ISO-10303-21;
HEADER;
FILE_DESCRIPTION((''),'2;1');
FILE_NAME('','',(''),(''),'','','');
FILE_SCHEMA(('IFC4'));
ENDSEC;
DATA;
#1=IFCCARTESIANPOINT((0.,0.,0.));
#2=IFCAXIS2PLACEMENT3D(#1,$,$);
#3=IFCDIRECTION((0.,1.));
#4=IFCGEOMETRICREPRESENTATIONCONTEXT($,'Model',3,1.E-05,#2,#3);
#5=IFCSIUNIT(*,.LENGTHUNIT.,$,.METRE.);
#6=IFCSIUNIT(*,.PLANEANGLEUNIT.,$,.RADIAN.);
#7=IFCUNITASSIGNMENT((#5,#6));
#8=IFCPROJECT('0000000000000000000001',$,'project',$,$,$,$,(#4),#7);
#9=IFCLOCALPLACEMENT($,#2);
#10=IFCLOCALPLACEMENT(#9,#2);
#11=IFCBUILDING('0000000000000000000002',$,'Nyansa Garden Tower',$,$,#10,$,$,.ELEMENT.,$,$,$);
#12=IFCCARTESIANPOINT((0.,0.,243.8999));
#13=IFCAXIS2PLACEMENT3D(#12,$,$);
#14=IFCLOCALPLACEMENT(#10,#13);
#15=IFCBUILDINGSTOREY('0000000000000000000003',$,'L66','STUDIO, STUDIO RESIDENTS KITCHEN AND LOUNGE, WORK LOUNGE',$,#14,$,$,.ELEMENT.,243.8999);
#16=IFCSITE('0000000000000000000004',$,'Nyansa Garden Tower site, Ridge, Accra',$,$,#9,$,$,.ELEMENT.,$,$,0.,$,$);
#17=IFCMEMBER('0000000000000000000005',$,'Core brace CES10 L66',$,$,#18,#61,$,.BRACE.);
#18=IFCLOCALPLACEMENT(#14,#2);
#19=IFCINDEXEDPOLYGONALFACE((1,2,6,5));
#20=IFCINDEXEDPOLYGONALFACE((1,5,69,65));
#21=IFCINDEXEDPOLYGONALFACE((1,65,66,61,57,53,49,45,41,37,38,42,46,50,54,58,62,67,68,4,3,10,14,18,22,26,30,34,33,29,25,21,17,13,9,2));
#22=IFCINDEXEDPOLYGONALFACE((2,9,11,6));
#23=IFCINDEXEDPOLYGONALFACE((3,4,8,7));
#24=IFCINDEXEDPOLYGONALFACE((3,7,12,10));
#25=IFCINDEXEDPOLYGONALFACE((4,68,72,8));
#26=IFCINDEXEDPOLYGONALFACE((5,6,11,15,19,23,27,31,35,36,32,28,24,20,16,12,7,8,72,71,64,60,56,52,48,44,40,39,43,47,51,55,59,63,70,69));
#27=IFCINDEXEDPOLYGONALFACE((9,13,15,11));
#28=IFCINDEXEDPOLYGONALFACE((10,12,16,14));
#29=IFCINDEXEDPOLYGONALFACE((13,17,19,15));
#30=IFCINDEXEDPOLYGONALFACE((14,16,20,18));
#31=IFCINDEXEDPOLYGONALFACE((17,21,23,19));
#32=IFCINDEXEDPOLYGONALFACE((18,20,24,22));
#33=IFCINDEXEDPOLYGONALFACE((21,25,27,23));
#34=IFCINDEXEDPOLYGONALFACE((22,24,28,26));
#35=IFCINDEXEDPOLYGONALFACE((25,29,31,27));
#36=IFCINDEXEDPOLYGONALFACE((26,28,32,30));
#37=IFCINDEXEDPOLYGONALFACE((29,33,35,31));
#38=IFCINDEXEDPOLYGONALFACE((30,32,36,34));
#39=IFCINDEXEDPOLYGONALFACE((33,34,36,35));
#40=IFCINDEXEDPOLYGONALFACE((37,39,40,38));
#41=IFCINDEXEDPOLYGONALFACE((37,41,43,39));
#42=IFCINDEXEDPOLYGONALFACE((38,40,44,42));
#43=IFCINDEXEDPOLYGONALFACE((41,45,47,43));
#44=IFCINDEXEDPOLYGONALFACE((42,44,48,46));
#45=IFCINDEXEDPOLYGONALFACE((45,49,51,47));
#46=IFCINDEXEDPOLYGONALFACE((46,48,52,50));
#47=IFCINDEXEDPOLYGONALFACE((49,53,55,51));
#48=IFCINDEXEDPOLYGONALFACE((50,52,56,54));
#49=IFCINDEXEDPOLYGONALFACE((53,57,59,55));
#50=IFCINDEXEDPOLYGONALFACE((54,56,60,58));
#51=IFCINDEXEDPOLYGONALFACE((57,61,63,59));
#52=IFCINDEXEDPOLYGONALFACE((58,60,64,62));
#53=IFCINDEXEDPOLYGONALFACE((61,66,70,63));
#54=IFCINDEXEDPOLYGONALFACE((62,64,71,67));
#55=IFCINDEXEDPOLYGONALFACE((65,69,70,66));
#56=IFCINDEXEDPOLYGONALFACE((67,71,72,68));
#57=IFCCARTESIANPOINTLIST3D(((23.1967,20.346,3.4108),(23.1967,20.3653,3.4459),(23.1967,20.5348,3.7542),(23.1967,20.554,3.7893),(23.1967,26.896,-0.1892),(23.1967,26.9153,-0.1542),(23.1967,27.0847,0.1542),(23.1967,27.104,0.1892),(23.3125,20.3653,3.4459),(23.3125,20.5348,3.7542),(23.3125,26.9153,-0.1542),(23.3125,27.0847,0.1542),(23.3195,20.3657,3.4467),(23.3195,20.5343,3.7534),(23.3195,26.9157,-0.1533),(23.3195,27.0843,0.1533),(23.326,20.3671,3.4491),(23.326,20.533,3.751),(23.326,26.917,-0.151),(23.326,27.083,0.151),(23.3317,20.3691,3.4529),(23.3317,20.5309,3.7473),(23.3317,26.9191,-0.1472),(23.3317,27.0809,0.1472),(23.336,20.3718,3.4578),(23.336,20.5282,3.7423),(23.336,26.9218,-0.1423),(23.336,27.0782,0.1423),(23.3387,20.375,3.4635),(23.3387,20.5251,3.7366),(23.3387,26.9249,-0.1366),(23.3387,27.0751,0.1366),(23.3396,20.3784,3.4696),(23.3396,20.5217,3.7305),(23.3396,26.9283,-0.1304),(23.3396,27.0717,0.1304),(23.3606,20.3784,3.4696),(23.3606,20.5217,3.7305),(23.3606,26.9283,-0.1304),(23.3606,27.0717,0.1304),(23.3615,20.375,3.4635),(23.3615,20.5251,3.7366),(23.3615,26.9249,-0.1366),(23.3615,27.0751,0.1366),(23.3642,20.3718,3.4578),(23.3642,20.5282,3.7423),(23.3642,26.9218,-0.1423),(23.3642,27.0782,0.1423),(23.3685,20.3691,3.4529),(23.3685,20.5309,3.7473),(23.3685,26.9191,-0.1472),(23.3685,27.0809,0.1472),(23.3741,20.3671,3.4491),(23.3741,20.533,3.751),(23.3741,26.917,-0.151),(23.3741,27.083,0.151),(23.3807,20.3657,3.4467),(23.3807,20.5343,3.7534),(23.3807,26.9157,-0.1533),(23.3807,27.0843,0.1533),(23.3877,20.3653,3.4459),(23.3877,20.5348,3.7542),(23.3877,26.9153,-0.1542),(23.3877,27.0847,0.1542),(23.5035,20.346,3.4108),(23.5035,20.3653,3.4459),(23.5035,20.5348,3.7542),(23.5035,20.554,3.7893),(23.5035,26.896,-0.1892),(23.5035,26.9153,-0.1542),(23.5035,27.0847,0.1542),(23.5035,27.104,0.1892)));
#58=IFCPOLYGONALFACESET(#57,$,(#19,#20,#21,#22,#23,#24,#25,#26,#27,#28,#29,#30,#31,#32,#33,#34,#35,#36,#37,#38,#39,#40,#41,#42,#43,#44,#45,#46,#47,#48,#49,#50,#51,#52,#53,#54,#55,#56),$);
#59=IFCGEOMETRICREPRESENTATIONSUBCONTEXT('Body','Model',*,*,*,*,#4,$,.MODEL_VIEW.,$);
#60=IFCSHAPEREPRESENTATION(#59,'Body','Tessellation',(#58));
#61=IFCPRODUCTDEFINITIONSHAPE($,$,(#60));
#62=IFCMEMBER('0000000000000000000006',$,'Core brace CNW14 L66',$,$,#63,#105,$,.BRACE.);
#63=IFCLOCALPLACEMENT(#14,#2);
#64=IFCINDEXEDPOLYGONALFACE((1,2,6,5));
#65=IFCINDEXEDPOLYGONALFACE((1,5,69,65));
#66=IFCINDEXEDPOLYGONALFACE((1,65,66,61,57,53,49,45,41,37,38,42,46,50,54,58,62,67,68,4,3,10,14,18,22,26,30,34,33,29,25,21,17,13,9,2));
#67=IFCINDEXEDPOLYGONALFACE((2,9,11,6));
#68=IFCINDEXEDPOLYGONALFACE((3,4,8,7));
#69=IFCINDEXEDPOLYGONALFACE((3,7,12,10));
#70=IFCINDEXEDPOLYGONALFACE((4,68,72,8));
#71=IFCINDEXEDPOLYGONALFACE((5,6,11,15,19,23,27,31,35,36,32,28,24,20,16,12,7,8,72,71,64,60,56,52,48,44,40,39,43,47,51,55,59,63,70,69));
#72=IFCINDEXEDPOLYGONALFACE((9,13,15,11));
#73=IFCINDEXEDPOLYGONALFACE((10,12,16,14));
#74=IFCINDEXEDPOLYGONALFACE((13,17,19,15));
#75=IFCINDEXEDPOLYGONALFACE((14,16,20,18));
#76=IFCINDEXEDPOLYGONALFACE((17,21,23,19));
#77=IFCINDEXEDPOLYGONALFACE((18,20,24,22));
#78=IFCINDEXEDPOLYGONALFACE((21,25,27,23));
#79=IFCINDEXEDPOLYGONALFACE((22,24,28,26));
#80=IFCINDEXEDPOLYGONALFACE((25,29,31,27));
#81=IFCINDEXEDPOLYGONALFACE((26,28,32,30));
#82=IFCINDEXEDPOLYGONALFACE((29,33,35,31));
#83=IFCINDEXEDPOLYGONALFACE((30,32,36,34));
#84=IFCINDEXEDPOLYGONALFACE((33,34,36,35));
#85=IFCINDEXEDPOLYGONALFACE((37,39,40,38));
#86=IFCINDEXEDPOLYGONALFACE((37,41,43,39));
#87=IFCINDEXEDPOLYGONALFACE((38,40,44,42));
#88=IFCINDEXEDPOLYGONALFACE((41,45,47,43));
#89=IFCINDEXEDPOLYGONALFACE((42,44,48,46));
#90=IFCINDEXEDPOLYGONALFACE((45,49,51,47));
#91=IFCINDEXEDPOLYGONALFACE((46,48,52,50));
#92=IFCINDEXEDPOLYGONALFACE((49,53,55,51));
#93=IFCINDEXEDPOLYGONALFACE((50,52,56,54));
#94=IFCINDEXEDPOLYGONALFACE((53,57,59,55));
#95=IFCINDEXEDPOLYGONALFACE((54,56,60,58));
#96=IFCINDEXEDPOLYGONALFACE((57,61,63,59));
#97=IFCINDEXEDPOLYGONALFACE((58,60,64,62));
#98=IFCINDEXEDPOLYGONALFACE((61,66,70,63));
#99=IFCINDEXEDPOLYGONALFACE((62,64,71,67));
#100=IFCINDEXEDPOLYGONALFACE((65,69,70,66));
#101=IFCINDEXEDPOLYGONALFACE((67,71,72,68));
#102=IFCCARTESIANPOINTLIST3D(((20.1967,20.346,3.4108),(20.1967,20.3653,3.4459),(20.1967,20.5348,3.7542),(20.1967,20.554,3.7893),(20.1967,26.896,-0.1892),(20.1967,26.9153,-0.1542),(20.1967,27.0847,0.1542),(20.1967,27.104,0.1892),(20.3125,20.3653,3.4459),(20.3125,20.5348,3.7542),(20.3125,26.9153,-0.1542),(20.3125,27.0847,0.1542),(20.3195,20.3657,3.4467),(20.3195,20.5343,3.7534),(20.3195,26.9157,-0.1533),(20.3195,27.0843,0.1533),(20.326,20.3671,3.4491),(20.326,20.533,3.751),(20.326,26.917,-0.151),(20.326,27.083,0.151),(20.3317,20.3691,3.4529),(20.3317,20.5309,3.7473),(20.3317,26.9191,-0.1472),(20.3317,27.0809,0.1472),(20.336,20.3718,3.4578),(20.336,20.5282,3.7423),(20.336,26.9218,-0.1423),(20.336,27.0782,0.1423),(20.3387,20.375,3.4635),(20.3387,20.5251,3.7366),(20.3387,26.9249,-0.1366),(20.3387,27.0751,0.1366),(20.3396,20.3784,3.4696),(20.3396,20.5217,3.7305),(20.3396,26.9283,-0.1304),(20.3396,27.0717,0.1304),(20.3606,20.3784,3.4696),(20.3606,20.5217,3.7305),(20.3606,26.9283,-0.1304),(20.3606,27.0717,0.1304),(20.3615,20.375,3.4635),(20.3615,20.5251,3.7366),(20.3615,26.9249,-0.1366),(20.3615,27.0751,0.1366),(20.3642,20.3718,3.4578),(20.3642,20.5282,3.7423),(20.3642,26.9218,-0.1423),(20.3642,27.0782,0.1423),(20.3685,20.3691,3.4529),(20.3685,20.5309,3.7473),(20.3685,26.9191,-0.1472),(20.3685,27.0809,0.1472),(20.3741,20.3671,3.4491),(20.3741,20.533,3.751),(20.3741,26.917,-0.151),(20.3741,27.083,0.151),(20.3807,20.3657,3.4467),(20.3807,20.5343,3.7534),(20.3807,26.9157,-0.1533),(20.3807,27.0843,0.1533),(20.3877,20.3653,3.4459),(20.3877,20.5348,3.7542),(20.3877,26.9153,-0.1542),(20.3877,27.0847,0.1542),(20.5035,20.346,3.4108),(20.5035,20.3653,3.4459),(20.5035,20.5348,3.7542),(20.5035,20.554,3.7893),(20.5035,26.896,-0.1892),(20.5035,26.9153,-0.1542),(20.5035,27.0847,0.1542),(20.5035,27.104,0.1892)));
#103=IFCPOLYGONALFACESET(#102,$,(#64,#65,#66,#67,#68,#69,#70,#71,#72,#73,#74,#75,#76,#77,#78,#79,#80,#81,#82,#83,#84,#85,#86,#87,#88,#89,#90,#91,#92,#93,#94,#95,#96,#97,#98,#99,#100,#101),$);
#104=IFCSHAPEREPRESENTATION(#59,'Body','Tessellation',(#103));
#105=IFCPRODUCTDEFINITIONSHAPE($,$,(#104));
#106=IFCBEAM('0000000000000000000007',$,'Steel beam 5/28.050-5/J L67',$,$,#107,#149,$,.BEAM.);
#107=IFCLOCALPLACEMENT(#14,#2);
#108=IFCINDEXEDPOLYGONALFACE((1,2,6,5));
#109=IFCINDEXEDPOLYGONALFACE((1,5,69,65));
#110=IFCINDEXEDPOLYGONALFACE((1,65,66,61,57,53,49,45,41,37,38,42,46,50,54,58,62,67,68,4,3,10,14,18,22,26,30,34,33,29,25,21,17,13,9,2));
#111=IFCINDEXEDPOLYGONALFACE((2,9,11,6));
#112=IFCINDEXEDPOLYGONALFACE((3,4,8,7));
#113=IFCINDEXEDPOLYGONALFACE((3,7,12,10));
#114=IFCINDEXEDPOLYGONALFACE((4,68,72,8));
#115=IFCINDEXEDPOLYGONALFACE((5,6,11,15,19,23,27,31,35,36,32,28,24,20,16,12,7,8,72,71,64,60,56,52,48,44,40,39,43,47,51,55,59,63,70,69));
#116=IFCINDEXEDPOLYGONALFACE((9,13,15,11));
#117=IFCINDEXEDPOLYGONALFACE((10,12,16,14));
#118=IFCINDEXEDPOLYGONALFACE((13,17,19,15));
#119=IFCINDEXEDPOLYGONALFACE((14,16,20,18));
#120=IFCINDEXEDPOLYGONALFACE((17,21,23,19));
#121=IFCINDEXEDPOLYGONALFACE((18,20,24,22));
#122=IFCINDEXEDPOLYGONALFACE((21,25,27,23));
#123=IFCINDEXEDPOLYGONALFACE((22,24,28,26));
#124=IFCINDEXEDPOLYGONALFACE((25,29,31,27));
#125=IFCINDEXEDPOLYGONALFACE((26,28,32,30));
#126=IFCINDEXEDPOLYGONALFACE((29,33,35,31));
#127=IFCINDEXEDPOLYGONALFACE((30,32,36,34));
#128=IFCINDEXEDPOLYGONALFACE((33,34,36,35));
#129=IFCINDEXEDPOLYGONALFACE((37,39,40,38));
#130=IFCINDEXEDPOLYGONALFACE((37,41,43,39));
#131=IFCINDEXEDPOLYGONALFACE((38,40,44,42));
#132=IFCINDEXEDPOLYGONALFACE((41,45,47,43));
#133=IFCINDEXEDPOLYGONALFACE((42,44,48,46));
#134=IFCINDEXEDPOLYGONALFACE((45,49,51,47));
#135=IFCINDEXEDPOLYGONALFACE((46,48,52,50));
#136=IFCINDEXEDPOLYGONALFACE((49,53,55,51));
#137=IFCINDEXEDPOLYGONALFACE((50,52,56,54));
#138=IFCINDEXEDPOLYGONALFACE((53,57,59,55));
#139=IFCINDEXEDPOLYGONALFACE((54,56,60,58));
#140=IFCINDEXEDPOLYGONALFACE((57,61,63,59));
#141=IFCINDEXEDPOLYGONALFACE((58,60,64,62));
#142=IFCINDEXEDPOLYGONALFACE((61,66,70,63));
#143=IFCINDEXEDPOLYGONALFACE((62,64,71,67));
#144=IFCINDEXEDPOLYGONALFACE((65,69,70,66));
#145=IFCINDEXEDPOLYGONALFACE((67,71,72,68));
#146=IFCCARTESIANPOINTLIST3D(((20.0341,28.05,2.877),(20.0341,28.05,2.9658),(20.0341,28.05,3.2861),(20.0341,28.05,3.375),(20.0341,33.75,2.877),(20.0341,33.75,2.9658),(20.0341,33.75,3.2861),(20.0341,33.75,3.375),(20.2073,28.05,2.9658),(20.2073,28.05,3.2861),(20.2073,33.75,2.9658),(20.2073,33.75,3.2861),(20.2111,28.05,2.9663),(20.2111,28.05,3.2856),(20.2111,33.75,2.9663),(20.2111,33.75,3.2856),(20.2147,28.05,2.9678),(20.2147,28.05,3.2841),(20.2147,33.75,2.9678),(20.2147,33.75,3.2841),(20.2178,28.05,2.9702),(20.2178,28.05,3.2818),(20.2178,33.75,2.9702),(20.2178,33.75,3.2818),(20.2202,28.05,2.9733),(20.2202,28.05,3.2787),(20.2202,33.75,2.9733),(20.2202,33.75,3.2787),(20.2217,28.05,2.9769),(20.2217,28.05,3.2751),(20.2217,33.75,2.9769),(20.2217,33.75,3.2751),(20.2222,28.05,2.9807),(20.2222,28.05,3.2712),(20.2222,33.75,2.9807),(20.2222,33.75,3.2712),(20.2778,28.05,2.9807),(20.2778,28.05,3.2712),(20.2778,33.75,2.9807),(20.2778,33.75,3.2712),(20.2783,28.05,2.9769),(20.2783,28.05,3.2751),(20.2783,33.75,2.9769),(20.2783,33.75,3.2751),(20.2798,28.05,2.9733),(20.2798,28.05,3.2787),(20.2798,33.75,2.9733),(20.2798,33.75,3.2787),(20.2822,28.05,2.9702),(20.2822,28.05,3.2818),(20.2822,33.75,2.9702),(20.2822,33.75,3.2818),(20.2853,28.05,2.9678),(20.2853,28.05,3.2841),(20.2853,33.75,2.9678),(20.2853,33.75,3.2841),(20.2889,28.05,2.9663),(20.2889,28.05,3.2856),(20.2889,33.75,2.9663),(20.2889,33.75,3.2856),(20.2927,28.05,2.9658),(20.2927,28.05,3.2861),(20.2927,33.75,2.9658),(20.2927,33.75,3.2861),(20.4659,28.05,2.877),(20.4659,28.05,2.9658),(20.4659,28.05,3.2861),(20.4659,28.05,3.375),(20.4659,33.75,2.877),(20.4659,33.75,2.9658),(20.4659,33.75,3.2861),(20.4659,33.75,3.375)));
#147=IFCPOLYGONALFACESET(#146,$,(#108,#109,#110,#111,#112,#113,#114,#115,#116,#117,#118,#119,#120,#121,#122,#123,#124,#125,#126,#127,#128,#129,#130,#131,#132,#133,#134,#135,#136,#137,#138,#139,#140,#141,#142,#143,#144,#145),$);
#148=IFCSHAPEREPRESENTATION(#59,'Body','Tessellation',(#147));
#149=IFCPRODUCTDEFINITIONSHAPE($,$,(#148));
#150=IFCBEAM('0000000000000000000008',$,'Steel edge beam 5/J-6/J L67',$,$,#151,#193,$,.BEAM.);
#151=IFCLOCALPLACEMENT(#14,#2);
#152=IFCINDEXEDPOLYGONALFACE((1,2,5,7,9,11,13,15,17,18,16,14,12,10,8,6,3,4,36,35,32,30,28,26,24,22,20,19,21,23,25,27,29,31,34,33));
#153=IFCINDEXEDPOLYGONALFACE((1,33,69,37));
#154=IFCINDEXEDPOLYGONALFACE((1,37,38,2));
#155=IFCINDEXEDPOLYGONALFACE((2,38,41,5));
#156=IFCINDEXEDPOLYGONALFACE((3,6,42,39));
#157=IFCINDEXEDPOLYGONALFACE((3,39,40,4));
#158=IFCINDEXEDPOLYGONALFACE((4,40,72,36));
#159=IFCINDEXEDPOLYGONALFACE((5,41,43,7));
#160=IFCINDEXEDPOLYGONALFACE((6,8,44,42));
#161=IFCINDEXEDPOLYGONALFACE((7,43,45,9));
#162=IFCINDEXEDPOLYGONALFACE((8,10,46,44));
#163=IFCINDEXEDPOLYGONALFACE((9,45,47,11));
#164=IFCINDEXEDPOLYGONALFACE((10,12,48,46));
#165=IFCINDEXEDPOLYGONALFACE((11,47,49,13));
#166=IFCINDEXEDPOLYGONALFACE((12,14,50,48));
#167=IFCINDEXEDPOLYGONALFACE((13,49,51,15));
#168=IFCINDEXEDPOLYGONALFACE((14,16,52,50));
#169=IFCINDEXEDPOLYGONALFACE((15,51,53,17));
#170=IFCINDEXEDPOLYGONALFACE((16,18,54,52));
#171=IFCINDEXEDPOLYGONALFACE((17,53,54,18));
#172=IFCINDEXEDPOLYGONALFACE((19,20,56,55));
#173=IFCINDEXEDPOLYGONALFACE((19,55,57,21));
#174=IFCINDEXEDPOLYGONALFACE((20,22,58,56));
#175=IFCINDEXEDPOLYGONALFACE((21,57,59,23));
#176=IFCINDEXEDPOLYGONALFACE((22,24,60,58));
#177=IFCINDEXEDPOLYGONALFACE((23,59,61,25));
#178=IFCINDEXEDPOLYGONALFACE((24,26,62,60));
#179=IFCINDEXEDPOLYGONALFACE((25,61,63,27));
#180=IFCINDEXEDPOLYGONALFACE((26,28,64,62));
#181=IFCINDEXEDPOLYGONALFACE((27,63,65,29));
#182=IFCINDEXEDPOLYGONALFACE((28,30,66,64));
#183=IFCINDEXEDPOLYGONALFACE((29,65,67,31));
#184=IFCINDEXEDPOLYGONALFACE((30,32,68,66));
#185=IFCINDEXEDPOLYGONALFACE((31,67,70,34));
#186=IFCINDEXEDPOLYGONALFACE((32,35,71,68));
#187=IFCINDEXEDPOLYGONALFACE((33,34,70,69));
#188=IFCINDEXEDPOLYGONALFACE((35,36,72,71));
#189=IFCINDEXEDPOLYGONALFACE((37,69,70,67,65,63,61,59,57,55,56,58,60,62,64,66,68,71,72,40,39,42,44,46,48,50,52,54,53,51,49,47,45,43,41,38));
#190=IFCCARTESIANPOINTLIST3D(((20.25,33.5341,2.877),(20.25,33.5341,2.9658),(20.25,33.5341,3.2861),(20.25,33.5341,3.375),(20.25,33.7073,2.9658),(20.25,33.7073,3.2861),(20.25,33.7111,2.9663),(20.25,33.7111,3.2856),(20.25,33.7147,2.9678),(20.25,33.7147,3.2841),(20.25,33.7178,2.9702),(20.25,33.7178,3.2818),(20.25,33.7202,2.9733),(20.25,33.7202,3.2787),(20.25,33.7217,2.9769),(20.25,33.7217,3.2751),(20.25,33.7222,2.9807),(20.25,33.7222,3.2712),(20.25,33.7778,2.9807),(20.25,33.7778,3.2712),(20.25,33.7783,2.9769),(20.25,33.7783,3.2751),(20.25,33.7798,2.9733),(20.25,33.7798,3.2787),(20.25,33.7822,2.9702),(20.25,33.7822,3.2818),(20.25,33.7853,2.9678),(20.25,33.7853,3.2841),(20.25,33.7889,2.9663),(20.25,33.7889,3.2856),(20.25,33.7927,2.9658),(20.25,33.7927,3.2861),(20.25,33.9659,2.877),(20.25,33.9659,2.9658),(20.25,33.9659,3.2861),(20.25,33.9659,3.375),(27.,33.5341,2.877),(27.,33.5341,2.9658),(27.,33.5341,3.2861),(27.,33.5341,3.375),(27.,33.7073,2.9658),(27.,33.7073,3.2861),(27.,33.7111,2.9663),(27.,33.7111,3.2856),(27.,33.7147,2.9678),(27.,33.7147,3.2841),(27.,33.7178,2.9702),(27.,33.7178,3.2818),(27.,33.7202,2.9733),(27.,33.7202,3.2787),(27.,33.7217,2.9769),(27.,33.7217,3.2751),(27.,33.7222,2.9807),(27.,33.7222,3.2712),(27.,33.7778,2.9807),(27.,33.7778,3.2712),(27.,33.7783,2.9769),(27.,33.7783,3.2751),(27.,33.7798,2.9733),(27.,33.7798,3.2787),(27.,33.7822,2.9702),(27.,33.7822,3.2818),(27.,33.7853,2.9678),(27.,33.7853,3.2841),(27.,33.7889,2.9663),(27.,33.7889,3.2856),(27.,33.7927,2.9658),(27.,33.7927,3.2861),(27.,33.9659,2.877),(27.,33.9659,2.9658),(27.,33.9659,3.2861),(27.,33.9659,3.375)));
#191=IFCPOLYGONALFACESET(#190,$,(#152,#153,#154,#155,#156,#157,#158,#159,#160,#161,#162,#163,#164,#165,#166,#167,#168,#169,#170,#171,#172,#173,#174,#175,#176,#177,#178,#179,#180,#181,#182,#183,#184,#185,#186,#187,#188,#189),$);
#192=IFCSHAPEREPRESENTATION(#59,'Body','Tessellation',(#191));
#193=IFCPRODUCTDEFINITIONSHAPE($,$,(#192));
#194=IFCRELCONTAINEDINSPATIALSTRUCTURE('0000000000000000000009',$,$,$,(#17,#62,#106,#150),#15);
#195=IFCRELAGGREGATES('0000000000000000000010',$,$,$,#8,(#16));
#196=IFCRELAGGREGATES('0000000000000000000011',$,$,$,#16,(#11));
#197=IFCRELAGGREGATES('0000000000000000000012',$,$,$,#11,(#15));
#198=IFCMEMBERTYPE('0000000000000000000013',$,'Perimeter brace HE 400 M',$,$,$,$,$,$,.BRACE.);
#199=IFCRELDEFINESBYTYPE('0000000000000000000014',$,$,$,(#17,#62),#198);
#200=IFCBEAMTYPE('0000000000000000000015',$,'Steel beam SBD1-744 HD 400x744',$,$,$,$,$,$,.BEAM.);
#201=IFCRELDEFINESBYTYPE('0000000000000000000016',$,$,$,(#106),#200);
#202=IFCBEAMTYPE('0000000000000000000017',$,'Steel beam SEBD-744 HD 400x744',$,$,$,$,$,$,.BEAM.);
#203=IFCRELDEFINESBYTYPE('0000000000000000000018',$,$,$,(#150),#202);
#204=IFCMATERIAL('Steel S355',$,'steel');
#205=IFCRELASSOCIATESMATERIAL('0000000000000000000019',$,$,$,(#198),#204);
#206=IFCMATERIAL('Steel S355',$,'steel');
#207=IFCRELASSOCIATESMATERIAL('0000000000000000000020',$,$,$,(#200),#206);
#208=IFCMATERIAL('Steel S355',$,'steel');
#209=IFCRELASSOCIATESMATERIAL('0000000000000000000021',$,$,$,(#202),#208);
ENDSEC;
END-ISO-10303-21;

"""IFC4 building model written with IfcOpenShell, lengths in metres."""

from ifc_helpers import new_model, si_unit, direction, frame, origin, origin_2d, place, context, subcontext, project, spatial, i_section, extrude, material, material_profile, profile_set, type_object, element, save


model = new_model("IFC4")

# Units and contexts
model_context = context("Model", 3, precision=1e-05, world=origin(), true_north=direction((0.0, 1.0)))
body_context = subcontext(model_context, "Body", "Model", "MODEL_VIEW")
ifc_project = project(units=[si_unit("LENGTHUNIT", "METRE"), si_unit("PLANEANGLEUNIT", "RADIAN")], contexts=[model_context])

# Site, building, storey
site_placement = place(None, origin())
site = spatial("IfcSite", under=ifc_project, at=site_placement, Name="Nyansa Garden Tower site, Ridge, Accra", CompositionType="ELEMENT", RefElevation=0.0)
building_placement = place(site_placement, origin())
building = spatial("IfcBuilding", under=site, at=building_placement, Name="Nyansa Garden Tower", CompositionType="ELEMENT")
storey_placement = place(building_placement, frame((0.0, 0.0, 243.8999)))
storey = spatial("IfcBuildingStorey", under=building, at=storey_placement, Name="L66", Description="STUDIO, STUDIO RESIDENTS KITCHEN AND LOUNGE, WORK LOUNGE", CompositionType="ELEMENT", Elevation=243.8999)

# Members
ifc_material_1 = material(Name="Steel S355", Category="steel")
ifc_material_profile_1 = material_profile(ifc_material_1, i_section(OverallWidth=0.3069, OverallDepth=0.4319, WebThickness=0.021, FlangeThickness=0.04, FilletRadius=0.0271, at=origin_2d()), Name="HE 400 M")
ifc_profile_set_1 = profile_set([ifc_material_profile_1], Name="Steel S355")
member_type_1 = type_object("IfcMemberType", Name="Perimeter brace HE 400 M", PredefinedType="BRACE", material=ifc_profile_set_1)
for number, where, z_axis, x_axis, name in (
    (1, (23.3501, 27.0, 0.0), (0.0, -0.876353, 0.481669), (1.0, 0.0, 0.0), "Core brace CES10 L66"),
    (2, (20.3501, 27.0, 0.0), (0.0, -0.876353, 0.481669), (1.0, 0.0, 0.0), "Core brace CNW14 L66"),
):
    element("IfcMember", number, at=place(storey_placement, frame(where, z_axis=z_axis, x_axis=x_axis)), inside=storey, type_object=member_type_1, Name=name, PredefinedType="BRACE", context=body_context, shape_type="SweptSolid", body=[
        extrude(i_section(OverallWidth=0.3069, OverallDepth=0.4319, WebThickness=0.021, FlangeThickness=0.04, FilletRadius=0.0271, at=origin_2d()), origin(), (0.0, 0.0, 1.0), 7.4741),
    ])

# Beams
ifc_material_2 = material(Name="Steel S355", Category="steel")
ifc_material_profile_2 = material_profile(ifc_material_2, i_section(OverallWidth=0.4319, OverallDepth=0.498, WebThickness=0.0557, FlangeThickness=0.0889, FilletRadius=0.0149, at=origin_2d()), Name="HD 400x744")
ifc_profile_set_2 = profile_set([ifc_material_profile_2], Name="Steel S355")
beam_type_1 = type_object("IfcBeamType", Name="Steel beam SBD1-744 HD 400x744", PredefinedType="BEAM", material=ifc_profile_set_2)
beam_1_placement = place(storey_placement, frame((20.25, 28.05, 3.126), z_axis=(0.0, 1.0, 0.0), x_axis=(-1.0, 0.0, 0.0)))
element("IfcBeam", 3, at=beam_1_placement, inside=storey, type_object=beam_type_1, Name="Steel beam 5/28.050-5/J L67", PredefinedType="BEAM", context=body_context, shape_type="SweptSolid", body=[
    extrude(i_section(OverallWidth=0.4319, OverallDepth=0.498, WebThickness=0.0557, FlangeThickness=0.0889, FilletRadius=0.0149, at=origin_2d()), origin(), (0.0, 0.0, 1.0), 5.7),
])
ifc_material_3 = material(Name="Steel S355", Category="steel")
ifc_material_profile_3 = material_profile(ifc_material_3, i_section(OverallWidth=0.4319, OverallDepth=0.498, WebThickness=0.0557, FlangeThickness=0.0889, FilletRadius=0.0149, at=origin_2d()), Name="HD 400x744")
ifc_profile_set_3 = profile_set([ifc_material_profile_3], Name="Steel S355")
beam_type_2 = type_object("IfcBeamType", Name="Steel beam SEBD-744 HD 400x744", PredefinedType="BEAM", material=ifc_profile_set_3)
beam_2_placement = place(storey_placement, frame((20.25, 33.75, 3.126), z_axis=(1.0, 0.0, 0.0), x_axis=(0.0, 1.0, 0.0)))
element("IfcBeam", 4, at=beam_2_placement, inside=storey, type_object=beam_type_2, Name="Steel edge beam 5/J-6/J L67", PredefinedType="BEAM", context=body_context, shape_type="SweptSolid", body=[
    extrude(i_section(OverallWidth=0.4319, OverallDepth=0.498, WebThickness=0.0557, FlangeThickness=0.0889, FilletRadius=0.0149, at=origin_2d()), origin(), (0.0, 0.0, 1.0), 6.75),
])

save(model, "model.ifc")
